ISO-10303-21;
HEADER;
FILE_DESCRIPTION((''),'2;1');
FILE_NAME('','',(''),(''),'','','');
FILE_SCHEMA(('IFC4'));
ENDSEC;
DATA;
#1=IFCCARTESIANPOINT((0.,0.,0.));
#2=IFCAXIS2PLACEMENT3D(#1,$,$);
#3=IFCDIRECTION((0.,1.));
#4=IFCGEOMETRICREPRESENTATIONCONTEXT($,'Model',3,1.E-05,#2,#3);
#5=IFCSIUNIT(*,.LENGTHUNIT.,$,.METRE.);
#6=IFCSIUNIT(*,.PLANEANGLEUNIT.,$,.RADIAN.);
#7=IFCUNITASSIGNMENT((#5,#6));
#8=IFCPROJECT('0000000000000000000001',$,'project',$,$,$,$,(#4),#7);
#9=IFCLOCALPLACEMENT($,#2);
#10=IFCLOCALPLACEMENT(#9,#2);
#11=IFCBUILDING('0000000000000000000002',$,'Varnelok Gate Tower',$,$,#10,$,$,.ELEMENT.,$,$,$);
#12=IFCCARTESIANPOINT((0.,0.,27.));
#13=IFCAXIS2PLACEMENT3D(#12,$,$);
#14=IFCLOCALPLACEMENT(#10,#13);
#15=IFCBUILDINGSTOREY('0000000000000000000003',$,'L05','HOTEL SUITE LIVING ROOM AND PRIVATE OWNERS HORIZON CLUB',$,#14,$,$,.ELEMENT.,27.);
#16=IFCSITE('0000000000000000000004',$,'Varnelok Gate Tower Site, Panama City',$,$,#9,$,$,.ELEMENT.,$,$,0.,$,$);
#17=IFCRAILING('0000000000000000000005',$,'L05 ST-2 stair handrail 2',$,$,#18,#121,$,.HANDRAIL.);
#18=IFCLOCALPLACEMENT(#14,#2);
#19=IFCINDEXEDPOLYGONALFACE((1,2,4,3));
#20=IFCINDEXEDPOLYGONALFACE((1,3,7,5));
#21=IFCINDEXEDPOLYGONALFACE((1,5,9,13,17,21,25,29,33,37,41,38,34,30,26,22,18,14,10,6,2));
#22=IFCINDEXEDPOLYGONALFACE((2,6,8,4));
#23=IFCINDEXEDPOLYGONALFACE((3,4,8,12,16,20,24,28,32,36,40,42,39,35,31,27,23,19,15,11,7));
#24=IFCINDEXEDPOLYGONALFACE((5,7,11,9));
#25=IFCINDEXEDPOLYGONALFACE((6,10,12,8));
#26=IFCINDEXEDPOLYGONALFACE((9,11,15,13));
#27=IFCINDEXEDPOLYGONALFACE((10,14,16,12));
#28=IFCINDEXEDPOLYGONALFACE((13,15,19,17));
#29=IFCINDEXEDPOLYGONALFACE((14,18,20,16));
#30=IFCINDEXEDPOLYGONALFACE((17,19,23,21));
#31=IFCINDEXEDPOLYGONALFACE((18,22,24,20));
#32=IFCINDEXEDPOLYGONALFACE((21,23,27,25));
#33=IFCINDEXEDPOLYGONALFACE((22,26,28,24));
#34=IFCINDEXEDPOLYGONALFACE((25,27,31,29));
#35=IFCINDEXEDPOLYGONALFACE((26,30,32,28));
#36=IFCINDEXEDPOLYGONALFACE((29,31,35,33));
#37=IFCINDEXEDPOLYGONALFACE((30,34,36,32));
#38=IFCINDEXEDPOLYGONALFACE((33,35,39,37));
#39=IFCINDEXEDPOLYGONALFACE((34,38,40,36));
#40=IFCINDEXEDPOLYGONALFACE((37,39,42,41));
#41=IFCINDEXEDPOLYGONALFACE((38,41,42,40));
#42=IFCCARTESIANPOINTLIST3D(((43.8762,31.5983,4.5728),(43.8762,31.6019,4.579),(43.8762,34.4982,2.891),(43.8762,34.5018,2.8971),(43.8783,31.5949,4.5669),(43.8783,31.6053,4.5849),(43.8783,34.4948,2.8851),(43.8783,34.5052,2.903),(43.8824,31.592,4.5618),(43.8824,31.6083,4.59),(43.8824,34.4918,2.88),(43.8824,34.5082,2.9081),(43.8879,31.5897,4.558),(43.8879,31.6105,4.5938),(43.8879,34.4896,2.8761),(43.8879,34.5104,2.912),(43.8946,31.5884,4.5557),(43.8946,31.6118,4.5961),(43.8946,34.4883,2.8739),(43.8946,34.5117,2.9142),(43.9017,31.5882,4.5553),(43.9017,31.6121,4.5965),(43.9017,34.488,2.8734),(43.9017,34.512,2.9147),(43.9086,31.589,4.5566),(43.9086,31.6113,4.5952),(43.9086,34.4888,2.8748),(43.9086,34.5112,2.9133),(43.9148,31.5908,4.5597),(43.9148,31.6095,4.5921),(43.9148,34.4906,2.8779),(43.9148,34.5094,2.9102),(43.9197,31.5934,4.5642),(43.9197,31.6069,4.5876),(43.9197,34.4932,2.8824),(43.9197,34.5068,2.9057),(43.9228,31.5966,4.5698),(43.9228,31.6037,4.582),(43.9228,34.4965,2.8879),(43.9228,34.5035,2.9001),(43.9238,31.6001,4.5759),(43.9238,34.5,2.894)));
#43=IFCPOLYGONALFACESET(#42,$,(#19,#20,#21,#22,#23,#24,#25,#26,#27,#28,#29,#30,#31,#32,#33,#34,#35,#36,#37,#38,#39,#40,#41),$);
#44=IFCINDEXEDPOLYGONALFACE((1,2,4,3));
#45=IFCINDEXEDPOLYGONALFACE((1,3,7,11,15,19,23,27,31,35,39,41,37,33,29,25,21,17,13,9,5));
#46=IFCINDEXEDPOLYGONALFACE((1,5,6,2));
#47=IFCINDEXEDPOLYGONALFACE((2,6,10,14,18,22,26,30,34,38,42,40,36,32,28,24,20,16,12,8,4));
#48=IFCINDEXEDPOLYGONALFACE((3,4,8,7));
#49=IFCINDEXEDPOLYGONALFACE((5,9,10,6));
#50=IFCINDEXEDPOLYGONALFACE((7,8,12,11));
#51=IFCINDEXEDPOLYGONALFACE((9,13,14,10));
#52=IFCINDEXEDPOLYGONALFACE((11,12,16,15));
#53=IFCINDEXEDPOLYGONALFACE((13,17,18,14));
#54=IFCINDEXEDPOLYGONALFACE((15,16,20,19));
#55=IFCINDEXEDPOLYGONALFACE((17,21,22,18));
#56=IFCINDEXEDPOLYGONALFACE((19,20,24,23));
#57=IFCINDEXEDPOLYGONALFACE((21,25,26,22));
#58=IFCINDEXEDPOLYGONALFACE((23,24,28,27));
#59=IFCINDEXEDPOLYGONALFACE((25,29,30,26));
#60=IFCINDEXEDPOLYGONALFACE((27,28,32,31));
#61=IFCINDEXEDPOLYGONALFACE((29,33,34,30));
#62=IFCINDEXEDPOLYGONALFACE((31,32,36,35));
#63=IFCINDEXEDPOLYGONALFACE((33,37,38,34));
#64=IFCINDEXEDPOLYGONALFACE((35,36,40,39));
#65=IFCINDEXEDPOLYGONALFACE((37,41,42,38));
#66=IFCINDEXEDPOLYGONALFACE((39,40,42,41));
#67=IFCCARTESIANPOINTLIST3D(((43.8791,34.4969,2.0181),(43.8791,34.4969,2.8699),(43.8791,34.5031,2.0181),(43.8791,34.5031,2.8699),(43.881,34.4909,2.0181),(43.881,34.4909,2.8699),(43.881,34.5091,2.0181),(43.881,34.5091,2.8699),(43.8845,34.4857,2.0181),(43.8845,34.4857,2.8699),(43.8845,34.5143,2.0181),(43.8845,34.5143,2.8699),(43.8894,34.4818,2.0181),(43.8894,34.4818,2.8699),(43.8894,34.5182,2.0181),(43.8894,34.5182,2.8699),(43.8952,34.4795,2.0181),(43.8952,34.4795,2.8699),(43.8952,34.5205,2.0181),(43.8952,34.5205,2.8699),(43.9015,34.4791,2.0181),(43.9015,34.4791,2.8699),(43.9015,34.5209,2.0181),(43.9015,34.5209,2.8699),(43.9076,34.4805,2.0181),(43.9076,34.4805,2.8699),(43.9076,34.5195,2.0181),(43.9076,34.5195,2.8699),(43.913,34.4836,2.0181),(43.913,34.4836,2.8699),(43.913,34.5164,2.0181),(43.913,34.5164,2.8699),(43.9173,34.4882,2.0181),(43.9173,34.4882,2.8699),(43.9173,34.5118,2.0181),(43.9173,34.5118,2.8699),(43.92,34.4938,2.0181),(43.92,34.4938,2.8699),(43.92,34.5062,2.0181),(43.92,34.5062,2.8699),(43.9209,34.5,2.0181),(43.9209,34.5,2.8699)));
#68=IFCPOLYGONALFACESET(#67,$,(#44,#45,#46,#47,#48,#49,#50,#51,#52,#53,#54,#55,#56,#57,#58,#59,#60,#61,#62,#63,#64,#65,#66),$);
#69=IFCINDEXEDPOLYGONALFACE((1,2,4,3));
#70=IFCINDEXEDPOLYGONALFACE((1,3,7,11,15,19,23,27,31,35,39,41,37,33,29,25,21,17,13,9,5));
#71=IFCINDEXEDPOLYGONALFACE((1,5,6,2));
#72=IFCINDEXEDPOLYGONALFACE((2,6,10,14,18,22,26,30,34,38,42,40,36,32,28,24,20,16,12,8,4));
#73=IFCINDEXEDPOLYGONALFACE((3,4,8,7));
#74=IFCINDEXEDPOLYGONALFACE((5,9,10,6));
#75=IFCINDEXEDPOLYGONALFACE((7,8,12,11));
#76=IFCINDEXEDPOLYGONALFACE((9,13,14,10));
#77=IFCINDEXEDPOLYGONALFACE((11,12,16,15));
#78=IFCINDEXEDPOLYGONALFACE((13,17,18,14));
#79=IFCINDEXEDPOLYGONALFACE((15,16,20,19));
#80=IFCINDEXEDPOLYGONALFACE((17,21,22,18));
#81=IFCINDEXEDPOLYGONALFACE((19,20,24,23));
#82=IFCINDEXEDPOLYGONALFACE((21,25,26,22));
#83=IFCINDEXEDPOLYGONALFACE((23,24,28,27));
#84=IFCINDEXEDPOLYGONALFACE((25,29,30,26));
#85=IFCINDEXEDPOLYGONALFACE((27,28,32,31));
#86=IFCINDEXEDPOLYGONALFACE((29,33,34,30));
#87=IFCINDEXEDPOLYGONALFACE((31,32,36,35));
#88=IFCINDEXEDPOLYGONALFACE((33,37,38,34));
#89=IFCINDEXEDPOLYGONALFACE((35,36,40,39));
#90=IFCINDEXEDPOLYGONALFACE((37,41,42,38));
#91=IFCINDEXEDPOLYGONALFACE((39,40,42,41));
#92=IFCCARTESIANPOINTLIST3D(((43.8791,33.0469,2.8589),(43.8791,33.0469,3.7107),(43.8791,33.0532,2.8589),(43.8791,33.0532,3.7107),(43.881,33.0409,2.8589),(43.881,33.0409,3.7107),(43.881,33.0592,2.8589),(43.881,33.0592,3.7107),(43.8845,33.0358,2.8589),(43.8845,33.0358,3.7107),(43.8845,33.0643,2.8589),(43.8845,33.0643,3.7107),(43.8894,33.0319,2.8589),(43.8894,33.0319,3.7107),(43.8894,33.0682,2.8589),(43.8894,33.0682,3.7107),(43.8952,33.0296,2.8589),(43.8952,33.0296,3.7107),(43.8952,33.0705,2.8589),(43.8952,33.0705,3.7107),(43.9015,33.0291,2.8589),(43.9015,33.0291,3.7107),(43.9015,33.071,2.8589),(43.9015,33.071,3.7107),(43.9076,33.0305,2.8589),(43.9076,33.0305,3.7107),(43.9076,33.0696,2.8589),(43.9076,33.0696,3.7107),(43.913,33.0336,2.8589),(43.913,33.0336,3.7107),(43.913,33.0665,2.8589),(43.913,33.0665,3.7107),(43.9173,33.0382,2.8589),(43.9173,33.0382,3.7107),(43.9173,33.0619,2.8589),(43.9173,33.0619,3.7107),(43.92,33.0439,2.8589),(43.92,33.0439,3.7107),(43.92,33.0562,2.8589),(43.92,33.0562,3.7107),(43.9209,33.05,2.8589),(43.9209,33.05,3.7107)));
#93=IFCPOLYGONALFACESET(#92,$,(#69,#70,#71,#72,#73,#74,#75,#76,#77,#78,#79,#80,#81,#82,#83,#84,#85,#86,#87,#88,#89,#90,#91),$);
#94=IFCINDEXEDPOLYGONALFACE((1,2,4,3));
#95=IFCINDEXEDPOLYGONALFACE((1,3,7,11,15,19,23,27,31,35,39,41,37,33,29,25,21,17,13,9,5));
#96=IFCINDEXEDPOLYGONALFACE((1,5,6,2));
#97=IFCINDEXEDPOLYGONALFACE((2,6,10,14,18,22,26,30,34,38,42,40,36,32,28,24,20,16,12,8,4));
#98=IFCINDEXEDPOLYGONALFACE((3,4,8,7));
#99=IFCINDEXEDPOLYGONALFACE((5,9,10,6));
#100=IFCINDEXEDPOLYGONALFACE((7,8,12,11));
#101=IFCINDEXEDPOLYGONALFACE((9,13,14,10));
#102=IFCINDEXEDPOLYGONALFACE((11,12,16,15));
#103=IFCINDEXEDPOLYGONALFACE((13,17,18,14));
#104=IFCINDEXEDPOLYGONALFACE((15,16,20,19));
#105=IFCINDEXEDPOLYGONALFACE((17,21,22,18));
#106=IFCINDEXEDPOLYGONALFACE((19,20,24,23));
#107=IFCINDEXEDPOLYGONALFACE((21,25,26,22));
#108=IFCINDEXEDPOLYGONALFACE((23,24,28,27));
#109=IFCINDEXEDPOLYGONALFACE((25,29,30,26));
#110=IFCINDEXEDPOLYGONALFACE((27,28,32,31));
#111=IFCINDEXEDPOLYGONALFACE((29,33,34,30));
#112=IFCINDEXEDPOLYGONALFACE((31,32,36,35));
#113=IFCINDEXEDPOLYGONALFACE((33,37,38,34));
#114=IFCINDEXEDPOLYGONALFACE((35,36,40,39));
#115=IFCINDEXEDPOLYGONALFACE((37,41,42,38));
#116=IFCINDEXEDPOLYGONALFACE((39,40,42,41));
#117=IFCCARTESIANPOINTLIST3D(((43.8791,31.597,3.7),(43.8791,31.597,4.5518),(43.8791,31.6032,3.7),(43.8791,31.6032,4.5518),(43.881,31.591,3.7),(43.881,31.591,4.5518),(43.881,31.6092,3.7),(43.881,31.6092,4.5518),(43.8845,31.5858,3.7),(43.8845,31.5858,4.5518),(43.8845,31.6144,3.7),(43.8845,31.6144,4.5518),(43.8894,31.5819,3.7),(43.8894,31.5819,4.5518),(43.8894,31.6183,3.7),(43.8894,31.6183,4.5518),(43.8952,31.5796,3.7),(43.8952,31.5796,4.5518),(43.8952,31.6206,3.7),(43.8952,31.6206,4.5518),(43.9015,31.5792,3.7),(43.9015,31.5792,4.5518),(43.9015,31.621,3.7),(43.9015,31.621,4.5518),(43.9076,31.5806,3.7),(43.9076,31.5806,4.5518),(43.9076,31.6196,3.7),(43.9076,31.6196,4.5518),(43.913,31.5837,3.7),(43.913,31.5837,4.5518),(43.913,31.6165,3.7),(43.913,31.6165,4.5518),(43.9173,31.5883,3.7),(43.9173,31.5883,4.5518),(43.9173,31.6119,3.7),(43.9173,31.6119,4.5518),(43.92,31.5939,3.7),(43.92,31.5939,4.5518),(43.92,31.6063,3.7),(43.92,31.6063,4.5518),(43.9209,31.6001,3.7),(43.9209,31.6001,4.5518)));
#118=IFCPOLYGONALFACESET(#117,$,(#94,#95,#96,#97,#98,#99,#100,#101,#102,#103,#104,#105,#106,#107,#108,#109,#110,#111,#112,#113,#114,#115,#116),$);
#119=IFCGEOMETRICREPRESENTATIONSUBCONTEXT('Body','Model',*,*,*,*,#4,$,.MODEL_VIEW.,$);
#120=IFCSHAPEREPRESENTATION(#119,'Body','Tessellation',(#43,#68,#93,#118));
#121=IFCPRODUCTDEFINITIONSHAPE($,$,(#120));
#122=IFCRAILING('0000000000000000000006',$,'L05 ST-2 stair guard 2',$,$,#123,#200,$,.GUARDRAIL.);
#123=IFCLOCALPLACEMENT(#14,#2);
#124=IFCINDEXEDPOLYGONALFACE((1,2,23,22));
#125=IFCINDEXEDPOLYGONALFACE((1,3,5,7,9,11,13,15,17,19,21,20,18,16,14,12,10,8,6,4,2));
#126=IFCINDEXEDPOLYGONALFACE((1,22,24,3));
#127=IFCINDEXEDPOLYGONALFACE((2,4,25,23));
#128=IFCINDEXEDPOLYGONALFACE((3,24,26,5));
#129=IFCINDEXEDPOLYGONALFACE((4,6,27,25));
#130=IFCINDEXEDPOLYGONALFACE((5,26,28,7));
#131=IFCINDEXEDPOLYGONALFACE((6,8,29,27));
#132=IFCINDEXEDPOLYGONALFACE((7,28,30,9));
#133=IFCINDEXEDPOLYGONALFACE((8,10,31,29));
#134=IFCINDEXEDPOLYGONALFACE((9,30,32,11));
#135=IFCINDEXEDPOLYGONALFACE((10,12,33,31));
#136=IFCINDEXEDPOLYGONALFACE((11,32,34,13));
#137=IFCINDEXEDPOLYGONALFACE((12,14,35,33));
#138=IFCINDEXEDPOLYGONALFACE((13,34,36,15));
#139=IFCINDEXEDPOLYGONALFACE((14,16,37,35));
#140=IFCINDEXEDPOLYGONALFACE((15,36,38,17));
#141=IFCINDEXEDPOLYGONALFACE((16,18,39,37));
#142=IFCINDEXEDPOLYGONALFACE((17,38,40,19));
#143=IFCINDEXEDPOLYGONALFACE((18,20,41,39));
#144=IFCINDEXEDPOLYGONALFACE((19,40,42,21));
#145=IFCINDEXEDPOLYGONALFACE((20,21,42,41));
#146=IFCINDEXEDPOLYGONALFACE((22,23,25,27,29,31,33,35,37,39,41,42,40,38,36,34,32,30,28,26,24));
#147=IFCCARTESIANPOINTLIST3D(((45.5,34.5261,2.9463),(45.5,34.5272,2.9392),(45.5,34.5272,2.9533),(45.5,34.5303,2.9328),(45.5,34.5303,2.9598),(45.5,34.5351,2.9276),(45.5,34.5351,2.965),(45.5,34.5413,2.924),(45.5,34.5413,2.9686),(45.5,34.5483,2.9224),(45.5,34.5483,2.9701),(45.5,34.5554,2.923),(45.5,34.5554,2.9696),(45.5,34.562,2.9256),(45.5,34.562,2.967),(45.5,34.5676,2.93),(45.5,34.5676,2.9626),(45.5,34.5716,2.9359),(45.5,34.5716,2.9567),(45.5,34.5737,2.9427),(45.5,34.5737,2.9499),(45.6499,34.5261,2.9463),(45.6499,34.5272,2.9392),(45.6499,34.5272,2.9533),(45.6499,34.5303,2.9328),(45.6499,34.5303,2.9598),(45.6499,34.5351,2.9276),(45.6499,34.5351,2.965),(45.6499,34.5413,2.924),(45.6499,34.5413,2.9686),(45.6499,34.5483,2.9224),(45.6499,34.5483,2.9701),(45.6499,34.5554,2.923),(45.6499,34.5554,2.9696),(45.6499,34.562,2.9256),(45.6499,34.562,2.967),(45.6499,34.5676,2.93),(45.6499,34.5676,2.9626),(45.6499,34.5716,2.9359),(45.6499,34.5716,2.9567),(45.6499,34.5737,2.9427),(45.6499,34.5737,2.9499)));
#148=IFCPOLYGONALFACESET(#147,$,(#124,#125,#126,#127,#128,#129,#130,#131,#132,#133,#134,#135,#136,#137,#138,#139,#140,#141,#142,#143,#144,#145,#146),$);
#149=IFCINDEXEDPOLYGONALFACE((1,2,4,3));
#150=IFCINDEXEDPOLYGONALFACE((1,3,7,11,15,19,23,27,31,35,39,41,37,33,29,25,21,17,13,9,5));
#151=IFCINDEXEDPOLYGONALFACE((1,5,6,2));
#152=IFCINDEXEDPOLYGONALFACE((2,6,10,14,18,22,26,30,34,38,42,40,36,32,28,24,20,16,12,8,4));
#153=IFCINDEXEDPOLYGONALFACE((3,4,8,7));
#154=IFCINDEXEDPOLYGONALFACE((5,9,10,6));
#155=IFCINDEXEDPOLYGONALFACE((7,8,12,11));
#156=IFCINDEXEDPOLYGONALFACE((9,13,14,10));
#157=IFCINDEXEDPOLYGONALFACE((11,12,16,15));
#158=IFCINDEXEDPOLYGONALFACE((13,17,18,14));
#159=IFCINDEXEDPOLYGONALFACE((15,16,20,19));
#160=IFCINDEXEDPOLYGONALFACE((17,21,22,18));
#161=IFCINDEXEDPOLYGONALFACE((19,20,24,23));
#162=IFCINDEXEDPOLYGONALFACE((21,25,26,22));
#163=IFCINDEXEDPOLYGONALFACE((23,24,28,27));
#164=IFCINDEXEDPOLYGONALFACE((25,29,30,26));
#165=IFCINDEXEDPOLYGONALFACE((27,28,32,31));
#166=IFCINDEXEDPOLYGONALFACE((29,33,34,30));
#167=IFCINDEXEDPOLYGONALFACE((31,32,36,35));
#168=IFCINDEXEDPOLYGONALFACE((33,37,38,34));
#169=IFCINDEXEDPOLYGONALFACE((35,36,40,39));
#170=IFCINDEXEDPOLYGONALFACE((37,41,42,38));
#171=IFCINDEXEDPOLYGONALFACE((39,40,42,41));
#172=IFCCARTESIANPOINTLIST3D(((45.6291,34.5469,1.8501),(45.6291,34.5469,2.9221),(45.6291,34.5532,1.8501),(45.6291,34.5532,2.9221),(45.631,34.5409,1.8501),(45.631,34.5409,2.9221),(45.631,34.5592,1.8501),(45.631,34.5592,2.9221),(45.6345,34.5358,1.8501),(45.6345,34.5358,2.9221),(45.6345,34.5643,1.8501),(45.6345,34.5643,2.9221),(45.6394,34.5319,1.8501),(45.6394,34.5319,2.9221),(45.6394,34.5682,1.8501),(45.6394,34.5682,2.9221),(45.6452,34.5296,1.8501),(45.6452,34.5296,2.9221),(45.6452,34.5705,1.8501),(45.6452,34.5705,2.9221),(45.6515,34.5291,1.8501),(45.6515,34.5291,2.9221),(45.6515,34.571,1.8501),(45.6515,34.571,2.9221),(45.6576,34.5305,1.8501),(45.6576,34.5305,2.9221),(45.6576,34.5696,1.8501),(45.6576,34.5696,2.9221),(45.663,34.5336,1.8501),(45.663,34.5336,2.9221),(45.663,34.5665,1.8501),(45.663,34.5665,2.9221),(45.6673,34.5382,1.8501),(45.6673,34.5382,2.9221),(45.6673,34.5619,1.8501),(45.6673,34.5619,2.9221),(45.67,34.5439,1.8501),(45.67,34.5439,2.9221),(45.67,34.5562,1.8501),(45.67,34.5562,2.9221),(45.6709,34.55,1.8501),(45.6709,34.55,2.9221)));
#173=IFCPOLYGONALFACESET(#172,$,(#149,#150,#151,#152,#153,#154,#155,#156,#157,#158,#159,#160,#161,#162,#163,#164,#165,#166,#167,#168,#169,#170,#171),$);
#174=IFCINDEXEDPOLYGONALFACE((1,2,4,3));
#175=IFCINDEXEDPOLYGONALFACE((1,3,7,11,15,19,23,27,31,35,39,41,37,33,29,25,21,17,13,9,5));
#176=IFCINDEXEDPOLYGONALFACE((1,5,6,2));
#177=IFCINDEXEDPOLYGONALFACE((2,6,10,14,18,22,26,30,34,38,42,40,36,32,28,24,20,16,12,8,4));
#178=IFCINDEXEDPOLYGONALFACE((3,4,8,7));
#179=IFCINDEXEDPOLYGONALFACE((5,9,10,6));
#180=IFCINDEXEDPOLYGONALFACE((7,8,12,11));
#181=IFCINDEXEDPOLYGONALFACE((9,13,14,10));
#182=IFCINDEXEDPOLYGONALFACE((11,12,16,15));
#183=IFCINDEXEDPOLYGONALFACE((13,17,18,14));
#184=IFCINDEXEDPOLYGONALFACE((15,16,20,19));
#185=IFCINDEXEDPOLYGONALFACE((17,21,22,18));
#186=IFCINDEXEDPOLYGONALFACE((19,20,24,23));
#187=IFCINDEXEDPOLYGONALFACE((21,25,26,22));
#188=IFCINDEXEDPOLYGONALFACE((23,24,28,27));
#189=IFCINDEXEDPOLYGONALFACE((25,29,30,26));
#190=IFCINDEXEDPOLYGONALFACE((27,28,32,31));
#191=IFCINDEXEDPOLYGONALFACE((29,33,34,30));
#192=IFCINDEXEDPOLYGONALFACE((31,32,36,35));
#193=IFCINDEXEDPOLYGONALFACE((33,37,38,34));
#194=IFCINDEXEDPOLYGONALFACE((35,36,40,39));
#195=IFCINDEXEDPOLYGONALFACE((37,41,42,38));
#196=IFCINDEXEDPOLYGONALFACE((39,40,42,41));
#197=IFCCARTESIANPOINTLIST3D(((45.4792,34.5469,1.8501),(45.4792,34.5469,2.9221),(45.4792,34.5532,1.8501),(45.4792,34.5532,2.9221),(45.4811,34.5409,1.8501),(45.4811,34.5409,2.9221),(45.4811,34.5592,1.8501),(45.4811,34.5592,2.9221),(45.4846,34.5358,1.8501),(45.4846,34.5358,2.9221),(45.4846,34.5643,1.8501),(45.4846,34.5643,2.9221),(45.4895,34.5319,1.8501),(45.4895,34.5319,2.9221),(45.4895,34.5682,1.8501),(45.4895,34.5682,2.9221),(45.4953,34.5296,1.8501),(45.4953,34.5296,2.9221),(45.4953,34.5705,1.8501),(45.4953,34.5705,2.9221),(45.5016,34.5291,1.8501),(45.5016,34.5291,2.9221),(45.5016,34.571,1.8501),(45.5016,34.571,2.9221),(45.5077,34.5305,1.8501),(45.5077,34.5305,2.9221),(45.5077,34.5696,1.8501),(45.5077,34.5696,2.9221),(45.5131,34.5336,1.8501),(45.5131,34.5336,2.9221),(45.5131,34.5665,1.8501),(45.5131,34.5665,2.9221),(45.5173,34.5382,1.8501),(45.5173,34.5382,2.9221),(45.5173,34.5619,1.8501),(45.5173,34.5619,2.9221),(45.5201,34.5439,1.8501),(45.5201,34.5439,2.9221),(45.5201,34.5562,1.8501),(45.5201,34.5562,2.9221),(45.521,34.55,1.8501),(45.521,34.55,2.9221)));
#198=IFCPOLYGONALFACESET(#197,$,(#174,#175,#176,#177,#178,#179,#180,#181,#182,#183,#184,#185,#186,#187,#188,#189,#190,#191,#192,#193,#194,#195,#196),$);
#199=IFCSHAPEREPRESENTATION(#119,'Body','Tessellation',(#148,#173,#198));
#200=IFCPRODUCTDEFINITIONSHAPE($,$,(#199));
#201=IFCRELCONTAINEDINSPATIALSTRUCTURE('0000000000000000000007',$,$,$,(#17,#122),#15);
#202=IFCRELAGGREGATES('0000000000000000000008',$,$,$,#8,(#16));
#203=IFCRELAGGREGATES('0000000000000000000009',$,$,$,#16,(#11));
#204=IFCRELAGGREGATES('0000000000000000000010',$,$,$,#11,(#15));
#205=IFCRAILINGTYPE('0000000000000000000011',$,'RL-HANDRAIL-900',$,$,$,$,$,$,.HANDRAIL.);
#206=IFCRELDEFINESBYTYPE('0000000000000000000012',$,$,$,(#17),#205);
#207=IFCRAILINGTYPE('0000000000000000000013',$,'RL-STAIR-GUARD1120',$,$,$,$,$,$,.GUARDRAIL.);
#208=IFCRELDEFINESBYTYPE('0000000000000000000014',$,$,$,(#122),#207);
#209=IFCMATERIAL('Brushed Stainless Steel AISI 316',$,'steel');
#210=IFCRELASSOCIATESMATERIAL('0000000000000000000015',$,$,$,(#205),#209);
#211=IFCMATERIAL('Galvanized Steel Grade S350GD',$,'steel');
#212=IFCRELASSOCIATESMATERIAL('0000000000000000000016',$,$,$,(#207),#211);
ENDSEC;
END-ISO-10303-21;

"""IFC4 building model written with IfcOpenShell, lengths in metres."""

from ifc_helpers import new_model, si_unit, direction, frame, origin, origin_2d, place, context, subcontext, project, spatial, circle, extrude, material, type_object, element, save


model = new_model("IFC4")

# Units and contexts
model_context = context("Model", 3, precision=1e-05, world=origin(), true_north=direction((0.0, 1.0)))
body_context = subcontext(model_context, "Body", "Model", "MODEL_VIEW")
ifc_project = project(units=[si_unit("LENGTHUNIT", "METRE"), si_unit("PLANEANGLEUNIT", "RADIAN")], contexts=[model_context])

# Site, building, storey
site_placement = place(None, origin())
site = spatial("IfcSite", under=ifc_project, at=site_placement, Name="Varnelok Gate Tower Site, Panama City", CompositionType="ELEMENT", RefElevation=0.0)
building_placement = place(site_placement, origin())
building = spatial("IfcBuilding", under=site, at=building_placement, Name="Varnelok Gate Tower", CompositionType="ELEMENT")
storey_placement = place(building_placement, frame((0.0, 0.0, 27.0)))
storey = spatial("IfcBuildingStorey", under=building, at=storey_placement, Name="L05", Description="HOTEL SUITE LIVING ROOM AND PRIVATE OWNERS HORIZON CLUB", CompositionType="ELEMENT", Elevation=27.0)

# Shared definitions
ifc_material_1 = material(Name="Galvanized Steel Grade S350GD", Category="steel")

# Railings
ifc_material_2 = material(Name="Brushed Stainless Steel AISI 316", Category="steel")
railing_type_1 = type_object("IfcRailingType", Name="RL-HANDRAIL-900", PredefinedType="HANDRAIL", material=ifc_material_2)
railing_1_placement = place(storey_placement, frame((43.8999, 34.5, 2.0181)))
element("IfcRailing", 1, at=railing_1_placement, inside=storey, type_object=railing_type_1, Name="L05 ST-2 stair handrail 2", PredefinedType="HANDRAIL", context=body_context, shape_type="SweptSolid", body=[
    extrude(circle(Radius=0.0239, at=origin_2d()), frame((0.0, 0.0, 0.876), z_axis=(0.0, -0.865039, 0.501705), x_axis=(1.0, 0.0, 0.0)), (0.0, 0.0, 1.0), 3.3523),
    extrude(circle(Radius=0.021, at=origin_2d()), origin(), (0.0, 0.0, 1.0), 0.8518),
    extrude(circle(Radius=0.021, at=origin_2d()), frame((0.0, -1.45, 0.8408)), (0.0, 0.0, 1.0), 0.8518),
    extrude(circle(Radius=0.021, at=origin_2d()), frame((0.0, -2.8999, 1.6819)), (0.0, 0.0, 1.0), 0.8518),
])
railing_type_2 = type_object("IfcRailingType", Name="RL-STAIR-GUARD1120", PredefinedType="GUARDRAIL", material=ifc_material_1)
railing_2_placement = place(storey_placement, frame((45.6499, 34.55, 1.8501)))
element("IfcRailing", 2, at=railing_2_placement, inside=storey, type_object=railing_type_2, Name="L05 ST-2 stair guard 2", PredefinedType="GUARDRAIL", context=body_context, shape_type="SweptSolid", body=[
    extrude(circle(Radius=0.0239, at=origin_2d()), frame((0.0, 0.0, 1.0962), z_axis=(-1.0, 0.0, 0.0), x_axis=(0.0, -1.0, 0.0)), (0.0, 0.0, 1.0), 0.1499),
    extrude(circle(Radius=0.021, at=origin_2d()), origin(), (0.0, 0.0, 1.0), 1.072),
    extrude(circle(Radius=0.021, at=origin_2d()), frame((-0.1499, 0.0, 0.0)), (0.0, 0.0, 1.0), 1.072),
])

save(model, "model.ifc")
